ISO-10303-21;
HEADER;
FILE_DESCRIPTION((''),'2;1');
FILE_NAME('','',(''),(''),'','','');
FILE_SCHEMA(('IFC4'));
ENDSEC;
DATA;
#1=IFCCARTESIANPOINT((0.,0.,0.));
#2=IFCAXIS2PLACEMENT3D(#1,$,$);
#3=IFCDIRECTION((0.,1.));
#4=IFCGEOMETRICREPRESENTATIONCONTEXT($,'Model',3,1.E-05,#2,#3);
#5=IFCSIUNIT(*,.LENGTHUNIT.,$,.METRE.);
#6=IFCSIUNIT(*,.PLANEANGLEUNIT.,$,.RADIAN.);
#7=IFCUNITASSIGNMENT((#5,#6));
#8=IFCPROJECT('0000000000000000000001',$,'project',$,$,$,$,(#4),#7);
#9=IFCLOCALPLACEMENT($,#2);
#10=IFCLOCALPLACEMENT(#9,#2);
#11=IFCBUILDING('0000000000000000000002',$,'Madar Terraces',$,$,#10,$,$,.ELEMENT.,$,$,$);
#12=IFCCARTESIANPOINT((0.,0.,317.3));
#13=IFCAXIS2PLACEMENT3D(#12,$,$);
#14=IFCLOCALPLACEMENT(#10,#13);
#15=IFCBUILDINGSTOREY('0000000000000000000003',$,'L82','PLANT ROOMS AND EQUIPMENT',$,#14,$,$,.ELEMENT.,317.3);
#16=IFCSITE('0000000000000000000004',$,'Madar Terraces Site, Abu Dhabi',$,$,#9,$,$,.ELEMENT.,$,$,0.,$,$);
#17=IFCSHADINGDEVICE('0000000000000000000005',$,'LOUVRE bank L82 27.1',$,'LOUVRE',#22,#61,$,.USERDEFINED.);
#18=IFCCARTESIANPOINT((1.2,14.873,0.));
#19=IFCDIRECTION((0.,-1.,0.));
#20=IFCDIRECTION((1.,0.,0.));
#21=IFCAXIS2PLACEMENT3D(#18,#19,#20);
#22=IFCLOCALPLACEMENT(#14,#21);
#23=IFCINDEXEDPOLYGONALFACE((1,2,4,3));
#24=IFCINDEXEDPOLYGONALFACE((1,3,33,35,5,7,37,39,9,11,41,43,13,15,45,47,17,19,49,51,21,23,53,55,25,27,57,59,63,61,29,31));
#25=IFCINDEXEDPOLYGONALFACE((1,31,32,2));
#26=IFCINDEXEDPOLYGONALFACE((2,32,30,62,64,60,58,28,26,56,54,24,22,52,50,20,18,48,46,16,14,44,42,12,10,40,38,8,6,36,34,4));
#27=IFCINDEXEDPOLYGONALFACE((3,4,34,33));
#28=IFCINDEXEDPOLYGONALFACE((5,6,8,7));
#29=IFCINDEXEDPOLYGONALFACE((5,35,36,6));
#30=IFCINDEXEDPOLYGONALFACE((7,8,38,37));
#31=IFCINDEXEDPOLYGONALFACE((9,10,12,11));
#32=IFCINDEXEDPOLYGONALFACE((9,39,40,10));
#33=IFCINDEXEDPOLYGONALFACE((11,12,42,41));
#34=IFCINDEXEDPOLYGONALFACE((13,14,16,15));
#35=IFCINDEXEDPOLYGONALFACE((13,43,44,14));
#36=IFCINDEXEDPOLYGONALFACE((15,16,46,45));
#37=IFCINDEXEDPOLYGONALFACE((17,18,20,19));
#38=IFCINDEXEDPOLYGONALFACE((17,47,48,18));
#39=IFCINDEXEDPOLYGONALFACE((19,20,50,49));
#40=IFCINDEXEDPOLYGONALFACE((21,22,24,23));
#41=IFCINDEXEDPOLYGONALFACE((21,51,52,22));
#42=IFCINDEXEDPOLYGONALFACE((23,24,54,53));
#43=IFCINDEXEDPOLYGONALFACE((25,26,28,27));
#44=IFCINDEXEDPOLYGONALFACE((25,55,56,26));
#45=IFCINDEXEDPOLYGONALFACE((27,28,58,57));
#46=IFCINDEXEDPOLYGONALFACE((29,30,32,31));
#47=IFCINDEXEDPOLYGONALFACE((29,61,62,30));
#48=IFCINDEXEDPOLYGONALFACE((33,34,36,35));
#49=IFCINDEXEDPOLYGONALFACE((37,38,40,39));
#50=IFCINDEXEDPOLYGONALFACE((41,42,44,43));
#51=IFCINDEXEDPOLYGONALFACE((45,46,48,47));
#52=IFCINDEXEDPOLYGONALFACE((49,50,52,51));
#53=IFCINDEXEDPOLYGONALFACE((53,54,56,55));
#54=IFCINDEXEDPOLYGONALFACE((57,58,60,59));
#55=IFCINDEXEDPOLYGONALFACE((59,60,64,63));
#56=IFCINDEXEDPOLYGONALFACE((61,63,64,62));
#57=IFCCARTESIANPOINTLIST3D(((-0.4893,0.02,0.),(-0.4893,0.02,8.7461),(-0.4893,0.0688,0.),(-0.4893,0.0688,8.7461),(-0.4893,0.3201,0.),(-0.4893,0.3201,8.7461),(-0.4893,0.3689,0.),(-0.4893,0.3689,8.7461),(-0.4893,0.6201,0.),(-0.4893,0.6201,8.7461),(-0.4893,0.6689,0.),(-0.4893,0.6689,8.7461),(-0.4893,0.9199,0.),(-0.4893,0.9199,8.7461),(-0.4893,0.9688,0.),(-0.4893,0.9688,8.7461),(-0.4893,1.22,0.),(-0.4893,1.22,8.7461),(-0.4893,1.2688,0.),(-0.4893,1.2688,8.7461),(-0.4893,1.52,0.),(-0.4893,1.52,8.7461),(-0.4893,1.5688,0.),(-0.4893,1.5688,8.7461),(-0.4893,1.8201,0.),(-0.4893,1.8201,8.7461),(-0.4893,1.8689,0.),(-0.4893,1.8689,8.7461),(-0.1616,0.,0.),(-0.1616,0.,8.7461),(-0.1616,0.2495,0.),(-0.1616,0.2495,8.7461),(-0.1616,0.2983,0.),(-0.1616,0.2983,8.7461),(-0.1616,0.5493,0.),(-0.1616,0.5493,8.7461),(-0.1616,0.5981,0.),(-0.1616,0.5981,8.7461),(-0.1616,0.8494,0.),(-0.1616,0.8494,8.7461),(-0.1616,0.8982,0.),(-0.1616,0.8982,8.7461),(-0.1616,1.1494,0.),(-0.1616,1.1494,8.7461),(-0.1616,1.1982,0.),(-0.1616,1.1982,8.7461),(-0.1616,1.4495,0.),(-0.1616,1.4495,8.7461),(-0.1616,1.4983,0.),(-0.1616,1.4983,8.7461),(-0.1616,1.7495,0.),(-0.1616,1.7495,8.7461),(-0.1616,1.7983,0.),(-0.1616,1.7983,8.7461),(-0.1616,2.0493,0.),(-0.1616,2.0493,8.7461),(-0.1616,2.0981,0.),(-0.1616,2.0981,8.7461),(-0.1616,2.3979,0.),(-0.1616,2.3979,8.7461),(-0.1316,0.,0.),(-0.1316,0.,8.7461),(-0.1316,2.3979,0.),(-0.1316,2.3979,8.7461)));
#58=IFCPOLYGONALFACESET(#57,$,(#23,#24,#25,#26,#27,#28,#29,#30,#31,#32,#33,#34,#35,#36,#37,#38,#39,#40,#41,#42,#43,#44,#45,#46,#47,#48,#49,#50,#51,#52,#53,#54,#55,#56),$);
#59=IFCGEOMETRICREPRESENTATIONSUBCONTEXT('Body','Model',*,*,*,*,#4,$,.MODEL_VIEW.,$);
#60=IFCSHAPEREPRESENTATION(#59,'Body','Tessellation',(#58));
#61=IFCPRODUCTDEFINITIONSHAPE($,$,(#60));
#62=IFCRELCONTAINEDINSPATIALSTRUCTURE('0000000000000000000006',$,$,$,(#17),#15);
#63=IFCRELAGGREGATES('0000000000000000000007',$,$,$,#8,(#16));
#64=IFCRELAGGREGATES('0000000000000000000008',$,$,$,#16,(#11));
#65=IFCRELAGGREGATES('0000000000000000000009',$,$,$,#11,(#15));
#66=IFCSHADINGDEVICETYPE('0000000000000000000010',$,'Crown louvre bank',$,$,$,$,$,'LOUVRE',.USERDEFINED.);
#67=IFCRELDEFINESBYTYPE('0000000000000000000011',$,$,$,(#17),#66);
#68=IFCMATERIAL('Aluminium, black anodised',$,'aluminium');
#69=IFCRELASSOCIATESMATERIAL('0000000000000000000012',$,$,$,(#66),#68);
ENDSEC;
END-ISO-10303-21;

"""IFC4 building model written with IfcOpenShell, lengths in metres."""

from ifc_helpers import new_model, si_unit, direction, frame, origin, place, context, subcontext, project, spatial, polyline, outline, extrude, material, type_object, element, save


model = new_model("IFC4")

# Units and contexts
model_context = context("Model", 3, precision=1e-05, world=origin(), true_north=direction((0.0, 1.0)))
body_context = subcontext(model_context, "Body", "Model", "MODEL_VIEW")
ifc_project = project(units=[si_unit("LENGTHUNIT", "METRE"), si_unit("PLANEANGLEUNIT", "RADIAN")], contexts=[model_context])

# Site, building, storey
site_placement = place(None, origin())
site = spatial("IfcSite", under=ifc_project, at=site_placement, Name="Madar Terraces Site, Abu Dhabi", CompositionType="ELEMENT", RefElevation=0.0)
building_placement = place(site_placement, origin())
building = spatial("IfcBuilding", under=site, at=building_placement, Name="Madar Terraces", CompositionType="ELEMENT")
storey_placement = place(building_placement, frame((0.0, 0.0, 317.3)))
storey = spatial("IfcBuildingStorey", under=building, at=storey_placement, Name="L82", Description="PLANT ROOMS AND EQUIPMENT", CompositionType="ELEMENT", Elevation=317.3)

# Shading device
ifc_material_1 = material(Name="Aluminium, black anodised", Category="aluminium")
shading_device_type = type_object("IfcShadingDeviceType", Name="Crown louvre bank", ElementType="LOUVRE", PredefinedType="USERDEFINED", material=ifc_material_1)
shading_device_placement = place(storey_placement, frame((1.2, 14.873, 0.0), z_axis=(0.0, -1.0, 0.0), x_axis=(1.0, 0.0, 0.0)))
element("IfcShadingDevice", 1, at=shading_device_placement, inside=storey, type_object=shading_device_type, Name="LOUVRE bank L82 27.1", ObjectType="LOUVRE", PredefinedType="USERDEFINED", context=body_context, shape_type="SweptSolid", body=[
    extrude(outline(polyline([(-0.1316, 0.0), (-0.1616, 0.0), (-0.1616, 0.2495), (-0.4893, 0.02), (-0.4893, 0.0688), (-0.1616, 0.2983), (-0.1616, 0.5493), (-0.4893, 0.3201), (-0.4893, 0.3689), (-0.1616, 0.5981), (-0.1616, 0.8494), (-0.4893, 0.6201), (-0.4893, 0.6689), (-0.1616, 0.8982), (-0.1616, 1.1494), (-0.4893, 0.9199), (-0.4893, 0.9688), (-0.1616, 1.1982), (-0.1616, 1.4495), (-0.4893, 1.22), (-0.4893, 1.2688), (-0.1616, 1.4983), (-0.1616, 1.7495), (-0.4893, 1.52), (-0.4893, 1.5688), (-0.1616, 1.7983), (-0.1616, 2.0493), (-0.4893, 1.8201), (-0.4893, 1.8689), (-0.1616, 2.0981), (-0.1616, 2.3979), (-0.1316, 2.3979), (-0.1316, 0.0)])), origin(), (0.0, 0.0, 1.0), 8.7461),
])

save(model, "model.ifc")
